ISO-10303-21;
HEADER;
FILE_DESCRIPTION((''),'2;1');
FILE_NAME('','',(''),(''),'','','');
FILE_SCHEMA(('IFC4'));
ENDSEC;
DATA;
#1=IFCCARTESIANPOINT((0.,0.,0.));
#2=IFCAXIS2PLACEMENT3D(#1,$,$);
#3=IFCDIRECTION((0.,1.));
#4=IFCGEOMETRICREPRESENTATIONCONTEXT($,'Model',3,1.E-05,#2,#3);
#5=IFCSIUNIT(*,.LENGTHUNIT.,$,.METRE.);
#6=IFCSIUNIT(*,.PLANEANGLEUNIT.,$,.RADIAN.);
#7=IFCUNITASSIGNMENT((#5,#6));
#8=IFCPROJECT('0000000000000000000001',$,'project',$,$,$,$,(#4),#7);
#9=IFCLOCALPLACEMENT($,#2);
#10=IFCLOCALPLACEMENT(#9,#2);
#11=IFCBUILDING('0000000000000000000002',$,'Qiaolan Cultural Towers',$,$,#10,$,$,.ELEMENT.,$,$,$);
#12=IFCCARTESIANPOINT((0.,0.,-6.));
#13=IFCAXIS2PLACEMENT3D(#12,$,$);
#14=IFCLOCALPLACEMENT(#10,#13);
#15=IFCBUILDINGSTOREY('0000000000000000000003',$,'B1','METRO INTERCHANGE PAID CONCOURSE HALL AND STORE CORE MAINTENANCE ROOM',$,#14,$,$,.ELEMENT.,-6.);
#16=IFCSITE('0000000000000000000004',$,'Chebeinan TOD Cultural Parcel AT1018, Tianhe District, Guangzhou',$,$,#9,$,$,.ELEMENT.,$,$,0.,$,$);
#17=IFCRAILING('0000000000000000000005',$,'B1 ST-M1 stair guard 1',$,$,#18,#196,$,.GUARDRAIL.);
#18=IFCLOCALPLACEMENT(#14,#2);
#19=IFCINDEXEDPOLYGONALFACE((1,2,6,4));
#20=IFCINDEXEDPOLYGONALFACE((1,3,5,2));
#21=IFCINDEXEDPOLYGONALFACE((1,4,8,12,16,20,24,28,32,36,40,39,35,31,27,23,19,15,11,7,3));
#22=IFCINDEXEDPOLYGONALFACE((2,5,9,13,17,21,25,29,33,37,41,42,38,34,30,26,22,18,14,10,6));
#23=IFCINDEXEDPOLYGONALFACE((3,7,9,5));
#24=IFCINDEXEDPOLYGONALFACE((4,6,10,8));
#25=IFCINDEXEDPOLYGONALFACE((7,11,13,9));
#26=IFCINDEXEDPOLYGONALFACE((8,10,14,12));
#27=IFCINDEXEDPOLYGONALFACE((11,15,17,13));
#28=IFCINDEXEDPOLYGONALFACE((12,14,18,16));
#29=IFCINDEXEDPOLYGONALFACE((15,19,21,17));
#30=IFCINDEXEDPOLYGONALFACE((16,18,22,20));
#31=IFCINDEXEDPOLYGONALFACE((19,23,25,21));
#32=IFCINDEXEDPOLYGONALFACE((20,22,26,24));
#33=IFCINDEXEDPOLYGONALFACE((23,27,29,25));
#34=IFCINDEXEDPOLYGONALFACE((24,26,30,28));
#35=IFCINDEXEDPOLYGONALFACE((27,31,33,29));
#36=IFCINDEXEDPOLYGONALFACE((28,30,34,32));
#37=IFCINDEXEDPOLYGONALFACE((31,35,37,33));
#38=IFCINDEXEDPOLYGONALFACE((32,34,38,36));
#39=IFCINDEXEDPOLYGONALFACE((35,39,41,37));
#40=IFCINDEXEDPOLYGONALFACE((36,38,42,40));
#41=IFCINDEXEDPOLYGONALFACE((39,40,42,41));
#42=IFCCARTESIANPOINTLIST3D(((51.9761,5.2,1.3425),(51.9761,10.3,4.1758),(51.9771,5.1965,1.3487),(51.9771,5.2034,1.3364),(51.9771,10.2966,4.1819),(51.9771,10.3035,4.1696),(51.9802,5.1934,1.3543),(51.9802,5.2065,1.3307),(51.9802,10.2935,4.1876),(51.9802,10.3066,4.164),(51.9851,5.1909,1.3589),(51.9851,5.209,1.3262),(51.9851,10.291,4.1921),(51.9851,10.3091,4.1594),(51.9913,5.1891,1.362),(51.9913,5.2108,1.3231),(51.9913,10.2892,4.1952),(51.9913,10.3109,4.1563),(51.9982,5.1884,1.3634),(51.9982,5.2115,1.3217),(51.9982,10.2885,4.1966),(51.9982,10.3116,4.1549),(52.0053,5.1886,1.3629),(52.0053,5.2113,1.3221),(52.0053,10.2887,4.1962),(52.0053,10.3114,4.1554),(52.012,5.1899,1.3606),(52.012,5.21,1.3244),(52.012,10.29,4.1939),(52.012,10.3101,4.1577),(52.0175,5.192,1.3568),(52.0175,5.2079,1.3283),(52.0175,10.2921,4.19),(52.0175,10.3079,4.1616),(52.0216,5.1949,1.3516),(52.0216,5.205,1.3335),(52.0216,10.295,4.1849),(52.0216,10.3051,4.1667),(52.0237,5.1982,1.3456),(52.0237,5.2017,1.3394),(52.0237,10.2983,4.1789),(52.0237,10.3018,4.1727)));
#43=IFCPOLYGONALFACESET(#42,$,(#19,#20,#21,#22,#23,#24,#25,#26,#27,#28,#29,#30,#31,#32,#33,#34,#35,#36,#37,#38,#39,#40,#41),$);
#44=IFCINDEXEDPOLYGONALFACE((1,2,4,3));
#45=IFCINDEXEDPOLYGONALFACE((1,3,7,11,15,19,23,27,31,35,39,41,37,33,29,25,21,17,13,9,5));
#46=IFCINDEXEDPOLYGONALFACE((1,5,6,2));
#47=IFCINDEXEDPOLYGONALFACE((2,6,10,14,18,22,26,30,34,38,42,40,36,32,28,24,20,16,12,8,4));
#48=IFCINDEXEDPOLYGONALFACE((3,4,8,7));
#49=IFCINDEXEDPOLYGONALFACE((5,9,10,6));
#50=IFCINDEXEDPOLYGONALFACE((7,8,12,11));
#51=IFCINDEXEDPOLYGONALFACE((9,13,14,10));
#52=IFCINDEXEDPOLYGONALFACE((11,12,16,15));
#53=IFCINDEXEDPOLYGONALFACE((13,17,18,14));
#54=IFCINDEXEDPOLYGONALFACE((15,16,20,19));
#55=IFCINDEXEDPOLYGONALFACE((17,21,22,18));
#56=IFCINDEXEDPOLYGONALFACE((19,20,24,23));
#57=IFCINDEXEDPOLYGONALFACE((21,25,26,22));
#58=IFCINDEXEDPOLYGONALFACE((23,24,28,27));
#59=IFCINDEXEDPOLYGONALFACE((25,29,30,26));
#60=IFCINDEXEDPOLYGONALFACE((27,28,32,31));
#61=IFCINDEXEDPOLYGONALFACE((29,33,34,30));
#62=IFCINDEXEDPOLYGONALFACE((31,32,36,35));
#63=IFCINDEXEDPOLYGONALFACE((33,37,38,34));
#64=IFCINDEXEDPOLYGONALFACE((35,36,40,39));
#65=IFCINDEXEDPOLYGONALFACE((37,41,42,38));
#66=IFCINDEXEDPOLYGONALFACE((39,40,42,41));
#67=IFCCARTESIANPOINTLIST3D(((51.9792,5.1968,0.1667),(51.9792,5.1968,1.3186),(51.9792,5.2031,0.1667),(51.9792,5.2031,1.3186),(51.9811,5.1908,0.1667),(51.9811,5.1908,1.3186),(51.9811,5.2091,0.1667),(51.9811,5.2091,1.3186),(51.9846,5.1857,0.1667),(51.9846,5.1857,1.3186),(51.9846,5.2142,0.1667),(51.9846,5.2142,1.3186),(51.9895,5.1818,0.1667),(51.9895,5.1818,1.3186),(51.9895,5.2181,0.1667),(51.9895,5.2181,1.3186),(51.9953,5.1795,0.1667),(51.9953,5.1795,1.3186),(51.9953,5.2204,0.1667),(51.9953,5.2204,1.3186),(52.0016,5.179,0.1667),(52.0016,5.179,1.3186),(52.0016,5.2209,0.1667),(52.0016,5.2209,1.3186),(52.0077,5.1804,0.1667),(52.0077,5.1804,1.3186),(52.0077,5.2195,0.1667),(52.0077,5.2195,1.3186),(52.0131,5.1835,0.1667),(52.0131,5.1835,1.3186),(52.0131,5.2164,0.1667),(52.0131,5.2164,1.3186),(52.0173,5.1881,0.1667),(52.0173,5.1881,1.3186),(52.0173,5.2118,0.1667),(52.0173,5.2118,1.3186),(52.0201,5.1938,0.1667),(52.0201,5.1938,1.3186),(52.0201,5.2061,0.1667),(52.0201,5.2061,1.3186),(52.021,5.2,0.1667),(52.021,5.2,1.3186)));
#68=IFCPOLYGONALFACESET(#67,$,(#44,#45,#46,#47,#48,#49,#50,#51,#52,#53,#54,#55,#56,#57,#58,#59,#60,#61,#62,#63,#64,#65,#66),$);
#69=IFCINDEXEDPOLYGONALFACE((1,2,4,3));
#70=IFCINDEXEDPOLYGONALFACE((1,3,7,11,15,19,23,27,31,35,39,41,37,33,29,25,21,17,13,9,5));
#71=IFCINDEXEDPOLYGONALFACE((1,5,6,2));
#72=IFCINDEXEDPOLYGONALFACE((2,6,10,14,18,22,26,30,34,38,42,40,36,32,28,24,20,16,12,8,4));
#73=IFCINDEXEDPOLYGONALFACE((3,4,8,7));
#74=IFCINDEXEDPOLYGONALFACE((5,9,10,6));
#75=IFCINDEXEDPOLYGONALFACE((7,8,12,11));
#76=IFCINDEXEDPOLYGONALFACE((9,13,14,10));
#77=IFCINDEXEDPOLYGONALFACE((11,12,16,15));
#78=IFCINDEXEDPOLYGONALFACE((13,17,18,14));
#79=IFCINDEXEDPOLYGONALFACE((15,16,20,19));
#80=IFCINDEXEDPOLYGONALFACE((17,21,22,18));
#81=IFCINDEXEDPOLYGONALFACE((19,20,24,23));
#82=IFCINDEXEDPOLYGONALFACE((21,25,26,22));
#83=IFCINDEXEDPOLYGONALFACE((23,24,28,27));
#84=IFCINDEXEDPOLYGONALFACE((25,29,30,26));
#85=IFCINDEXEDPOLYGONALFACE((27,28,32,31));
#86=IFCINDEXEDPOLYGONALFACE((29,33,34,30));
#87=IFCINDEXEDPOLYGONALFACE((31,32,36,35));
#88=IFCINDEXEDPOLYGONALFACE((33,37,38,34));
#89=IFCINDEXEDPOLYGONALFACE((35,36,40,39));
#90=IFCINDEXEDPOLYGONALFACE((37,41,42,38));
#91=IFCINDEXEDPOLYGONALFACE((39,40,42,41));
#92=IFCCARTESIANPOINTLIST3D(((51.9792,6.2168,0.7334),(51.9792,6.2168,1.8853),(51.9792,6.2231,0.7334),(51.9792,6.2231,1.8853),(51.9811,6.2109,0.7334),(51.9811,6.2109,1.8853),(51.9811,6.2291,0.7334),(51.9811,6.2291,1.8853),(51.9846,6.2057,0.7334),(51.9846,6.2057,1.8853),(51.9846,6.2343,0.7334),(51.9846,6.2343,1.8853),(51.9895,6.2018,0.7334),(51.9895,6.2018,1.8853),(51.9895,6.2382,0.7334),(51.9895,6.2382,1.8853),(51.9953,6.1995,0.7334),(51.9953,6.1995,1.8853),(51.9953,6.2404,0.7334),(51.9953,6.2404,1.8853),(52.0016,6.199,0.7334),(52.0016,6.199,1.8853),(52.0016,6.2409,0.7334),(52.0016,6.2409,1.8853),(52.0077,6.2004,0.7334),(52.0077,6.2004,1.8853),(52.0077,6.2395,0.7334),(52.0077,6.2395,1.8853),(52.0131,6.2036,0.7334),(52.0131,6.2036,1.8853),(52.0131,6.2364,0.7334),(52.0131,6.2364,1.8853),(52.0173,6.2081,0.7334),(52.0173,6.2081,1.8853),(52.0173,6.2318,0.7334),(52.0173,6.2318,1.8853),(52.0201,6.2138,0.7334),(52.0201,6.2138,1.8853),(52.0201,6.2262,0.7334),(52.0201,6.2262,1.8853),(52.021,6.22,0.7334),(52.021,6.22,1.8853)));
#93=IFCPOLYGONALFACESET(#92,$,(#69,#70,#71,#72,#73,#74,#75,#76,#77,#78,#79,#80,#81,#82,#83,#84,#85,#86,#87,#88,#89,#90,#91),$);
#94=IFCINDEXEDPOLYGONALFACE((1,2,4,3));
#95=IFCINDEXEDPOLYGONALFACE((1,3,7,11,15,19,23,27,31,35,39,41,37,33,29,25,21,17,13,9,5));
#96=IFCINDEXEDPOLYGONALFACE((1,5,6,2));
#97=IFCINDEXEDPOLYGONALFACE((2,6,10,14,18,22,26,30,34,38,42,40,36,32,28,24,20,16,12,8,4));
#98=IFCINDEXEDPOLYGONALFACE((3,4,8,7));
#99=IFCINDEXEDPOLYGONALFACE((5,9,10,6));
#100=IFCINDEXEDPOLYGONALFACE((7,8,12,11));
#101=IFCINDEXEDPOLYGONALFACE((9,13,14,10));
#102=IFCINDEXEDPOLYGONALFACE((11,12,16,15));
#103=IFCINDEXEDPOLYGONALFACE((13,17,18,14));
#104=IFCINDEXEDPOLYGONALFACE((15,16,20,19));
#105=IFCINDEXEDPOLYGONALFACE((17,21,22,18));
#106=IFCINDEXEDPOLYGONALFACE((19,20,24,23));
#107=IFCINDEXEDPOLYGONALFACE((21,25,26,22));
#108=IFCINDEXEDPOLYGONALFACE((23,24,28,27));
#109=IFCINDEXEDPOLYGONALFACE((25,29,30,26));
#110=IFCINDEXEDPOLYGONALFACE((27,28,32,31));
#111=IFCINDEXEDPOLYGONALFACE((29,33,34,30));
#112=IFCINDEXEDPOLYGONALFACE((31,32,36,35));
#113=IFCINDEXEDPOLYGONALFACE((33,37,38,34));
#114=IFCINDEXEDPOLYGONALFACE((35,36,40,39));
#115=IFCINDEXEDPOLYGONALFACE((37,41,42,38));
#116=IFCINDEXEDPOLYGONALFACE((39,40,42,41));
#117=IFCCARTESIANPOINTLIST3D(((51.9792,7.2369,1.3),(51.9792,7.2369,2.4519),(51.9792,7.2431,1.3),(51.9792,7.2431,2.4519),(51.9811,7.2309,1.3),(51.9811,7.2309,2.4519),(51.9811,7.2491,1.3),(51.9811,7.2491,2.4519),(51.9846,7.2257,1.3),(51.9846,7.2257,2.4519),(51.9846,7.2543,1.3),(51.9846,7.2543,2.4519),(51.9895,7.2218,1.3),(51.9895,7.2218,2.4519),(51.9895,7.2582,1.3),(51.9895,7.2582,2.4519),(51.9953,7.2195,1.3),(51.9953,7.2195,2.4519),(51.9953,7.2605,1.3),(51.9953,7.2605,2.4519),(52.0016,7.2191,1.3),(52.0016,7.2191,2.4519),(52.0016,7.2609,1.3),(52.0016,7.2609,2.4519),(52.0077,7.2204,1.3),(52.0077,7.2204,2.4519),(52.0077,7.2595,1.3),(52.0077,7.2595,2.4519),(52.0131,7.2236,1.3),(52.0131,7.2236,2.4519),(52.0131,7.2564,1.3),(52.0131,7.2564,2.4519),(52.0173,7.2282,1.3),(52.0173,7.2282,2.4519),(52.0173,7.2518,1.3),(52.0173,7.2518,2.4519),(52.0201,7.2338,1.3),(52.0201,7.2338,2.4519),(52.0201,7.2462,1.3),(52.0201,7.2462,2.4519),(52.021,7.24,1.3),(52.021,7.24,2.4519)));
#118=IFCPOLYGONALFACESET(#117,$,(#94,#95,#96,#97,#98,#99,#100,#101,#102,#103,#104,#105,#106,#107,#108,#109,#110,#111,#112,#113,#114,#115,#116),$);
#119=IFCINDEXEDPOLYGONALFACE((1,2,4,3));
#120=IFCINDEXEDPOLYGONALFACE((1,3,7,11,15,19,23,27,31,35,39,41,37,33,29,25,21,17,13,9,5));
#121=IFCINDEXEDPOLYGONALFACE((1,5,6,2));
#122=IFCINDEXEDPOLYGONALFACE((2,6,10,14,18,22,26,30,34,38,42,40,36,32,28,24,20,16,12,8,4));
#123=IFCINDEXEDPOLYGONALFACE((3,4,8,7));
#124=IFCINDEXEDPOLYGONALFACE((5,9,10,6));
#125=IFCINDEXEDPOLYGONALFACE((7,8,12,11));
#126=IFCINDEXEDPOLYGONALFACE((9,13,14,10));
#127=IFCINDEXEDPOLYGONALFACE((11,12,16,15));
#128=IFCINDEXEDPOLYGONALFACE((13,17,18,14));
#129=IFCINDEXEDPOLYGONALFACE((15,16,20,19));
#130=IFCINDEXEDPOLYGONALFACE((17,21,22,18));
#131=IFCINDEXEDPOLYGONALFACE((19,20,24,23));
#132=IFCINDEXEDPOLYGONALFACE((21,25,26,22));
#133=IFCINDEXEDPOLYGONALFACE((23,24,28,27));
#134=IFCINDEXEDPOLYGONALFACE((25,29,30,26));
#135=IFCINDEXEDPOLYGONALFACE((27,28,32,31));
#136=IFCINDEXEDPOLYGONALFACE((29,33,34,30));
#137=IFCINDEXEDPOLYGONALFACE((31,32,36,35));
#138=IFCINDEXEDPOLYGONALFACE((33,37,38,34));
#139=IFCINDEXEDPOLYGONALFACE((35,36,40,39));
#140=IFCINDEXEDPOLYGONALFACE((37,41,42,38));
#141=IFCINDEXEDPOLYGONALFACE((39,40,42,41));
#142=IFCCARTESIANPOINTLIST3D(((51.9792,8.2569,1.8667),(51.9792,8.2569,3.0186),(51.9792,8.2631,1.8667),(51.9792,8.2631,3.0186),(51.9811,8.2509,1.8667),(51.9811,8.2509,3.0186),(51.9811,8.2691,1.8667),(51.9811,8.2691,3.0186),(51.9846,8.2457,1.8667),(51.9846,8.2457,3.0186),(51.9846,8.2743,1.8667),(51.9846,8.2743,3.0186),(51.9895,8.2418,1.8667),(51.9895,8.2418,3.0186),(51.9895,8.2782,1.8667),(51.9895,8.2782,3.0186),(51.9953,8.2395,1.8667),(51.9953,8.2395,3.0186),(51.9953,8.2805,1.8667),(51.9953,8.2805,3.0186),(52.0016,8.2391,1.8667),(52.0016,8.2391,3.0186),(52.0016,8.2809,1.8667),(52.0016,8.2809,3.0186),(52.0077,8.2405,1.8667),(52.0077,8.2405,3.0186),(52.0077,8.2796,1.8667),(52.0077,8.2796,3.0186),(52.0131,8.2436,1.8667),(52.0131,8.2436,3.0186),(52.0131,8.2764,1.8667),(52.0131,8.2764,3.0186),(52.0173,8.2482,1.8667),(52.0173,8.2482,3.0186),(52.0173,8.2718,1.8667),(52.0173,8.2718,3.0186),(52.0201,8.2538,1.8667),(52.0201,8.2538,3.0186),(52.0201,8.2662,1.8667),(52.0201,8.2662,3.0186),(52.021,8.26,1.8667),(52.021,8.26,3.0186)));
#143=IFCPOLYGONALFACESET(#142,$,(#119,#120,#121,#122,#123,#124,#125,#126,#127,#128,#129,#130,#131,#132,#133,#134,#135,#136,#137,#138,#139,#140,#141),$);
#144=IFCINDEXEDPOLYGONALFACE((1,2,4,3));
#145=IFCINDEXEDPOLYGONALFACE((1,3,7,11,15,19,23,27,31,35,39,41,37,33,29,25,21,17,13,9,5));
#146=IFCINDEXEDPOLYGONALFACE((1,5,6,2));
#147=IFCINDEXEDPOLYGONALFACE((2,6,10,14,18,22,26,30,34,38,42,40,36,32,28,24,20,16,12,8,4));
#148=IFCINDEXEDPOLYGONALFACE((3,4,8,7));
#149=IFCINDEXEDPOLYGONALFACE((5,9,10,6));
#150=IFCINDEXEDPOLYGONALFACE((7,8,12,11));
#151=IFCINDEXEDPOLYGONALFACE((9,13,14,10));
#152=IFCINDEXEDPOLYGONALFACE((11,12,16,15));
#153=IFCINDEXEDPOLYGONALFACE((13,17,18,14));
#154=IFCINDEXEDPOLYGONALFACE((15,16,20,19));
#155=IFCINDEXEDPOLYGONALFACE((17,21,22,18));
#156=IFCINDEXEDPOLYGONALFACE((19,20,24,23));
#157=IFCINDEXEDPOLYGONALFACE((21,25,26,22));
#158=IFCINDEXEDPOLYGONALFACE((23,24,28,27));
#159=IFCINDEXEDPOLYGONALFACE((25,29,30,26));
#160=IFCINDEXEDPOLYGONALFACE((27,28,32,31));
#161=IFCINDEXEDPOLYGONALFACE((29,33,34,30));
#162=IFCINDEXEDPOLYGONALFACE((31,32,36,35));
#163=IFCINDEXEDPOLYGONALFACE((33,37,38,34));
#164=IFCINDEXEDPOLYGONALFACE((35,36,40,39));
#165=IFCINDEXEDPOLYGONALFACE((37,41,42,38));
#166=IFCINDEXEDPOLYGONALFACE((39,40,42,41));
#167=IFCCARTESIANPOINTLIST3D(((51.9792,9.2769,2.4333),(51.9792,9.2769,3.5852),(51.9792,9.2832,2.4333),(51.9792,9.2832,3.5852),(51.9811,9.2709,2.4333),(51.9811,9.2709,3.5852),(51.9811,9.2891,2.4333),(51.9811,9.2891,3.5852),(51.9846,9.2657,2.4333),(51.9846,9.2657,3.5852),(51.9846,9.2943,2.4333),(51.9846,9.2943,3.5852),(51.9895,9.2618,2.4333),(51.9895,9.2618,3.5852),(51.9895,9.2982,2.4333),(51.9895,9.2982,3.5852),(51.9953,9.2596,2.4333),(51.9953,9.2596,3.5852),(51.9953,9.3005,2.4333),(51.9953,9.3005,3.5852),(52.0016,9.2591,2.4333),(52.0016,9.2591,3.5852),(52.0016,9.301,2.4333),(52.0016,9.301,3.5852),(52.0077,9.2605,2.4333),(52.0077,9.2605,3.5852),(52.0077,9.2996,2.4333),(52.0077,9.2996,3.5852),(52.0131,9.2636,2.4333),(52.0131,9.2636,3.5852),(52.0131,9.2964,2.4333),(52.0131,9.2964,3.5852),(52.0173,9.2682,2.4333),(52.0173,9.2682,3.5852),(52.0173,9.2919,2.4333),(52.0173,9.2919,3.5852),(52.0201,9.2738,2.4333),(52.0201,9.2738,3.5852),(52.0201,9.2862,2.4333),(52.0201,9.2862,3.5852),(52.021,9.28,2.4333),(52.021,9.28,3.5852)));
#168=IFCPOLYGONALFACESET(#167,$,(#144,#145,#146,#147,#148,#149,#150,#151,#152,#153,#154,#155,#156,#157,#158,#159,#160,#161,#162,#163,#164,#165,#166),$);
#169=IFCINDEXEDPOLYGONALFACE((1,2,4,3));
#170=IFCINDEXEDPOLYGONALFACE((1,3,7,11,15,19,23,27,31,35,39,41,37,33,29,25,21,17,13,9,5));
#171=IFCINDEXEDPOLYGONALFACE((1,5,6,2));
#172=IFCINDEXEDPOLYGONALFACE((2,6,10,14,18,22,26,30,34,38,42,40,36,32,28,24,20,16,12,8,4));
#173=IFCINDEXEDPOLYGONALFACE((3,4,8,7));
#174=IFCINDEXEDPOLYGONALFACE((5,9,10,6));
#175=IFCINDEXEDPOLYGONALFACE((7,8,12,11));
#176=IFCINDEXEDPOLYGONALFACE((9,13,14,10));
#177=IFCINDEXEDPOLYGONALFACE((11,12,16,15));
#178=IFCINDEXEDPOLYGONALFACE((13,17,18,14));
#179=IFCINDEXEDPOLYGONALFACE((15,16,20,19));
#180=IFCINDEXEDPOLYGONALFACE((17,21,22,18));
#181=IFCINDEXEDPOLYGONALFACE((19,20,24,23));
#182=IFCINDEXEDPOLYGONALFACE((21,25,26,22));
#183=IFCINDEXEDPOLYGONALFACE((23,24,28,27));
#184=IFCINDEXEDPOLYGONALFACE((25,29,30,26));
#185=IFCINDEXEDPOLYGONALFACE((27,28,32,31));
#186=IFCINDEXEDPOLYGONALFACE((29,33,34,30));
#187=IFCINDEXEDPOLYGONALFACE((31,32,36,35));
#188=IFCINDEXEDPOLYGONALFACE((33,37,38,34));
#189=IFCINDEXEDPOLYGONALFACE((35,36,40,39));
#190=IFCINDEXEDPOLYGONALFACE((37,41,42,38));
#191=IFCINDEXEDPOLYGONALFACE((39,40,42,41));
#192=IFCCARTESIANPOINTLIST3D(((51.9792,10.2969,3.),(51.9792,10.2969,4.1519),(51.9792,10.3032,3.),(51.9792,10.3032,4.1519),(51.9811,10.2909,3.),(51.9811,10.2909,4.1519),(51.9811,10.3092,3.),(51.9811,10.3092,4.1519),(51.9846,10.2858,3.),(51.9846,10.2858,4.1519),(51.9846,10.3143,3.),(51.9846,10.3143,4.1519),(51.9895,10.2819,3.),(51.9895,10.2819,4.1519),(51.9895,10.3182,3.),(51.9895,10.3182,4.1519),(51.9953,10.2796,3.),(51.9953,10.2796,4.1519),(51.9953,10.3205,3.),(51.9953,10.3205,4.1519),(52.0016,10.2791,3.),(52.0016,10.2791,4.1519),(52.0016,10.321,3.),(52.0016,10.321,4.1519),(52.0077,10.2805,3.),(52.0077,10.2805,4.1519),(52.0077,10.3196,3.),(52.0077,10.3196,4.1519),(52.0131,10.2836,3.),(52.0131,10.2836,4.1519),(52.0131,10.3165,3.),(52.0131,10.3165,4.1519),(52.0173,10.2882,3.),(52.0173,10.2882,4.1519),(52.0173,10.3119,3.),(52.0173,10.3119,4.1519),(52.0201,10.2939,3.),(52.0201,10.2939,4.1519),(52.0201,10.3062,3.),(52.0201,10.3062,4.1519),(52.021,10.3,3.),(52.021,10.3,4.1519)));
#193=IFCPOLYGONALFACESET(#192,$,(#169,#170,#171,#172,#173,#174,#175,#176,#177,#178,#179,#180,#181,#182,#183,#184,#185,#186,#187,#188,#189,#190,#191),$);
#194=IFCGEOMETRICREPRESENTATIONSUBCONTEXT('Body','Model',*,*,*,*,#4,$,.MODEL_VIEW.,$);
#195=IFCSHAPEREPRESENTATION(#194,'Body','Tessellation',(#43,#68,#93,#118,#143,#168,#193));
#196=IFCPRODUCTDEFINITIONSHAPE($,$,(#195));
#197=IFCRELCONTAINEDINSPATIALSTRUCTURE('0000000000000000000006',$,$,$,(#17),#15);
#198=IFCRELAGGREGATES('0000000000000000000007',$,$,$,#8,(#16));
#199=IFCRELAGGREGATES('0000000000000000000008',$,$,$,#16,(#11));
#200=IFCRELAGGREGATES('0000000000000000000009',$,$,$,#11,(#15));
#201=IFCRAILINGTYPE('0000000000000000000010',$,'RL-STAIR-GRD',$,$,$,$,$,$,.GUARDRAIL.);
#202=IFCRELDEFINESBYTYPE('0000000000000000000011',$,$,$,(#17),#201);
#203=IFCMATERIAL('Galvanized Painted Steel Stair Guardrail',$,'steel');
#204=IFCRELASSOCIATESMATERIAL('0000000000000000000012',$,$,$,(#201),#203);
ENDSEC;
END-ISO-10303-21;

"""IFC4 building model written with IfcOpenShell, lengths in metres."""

from ifc_helpers import new_model, si_unit, direction, frame, origin, origin_2d, place, context, subcontext, project, spatial, circle, extrude, material, type_object, element, save


model = new_model("IFC4")

# Units and contexts
model_context = context("Model", 3, precision=1e-05, world=origin(), true_north=direction((0.0, 1.0)))
body_context = subcontext(model_context, "Body", "Model", "MODEL_VIEW")
ifc_project = project(units=[si_unit("LENGTHUNIT", "METRE"), si_unit("PLANEANGLEUNIT", "RADIAN")], contexts=[model_context])

# Site, building, storey
site_placement = place(None, origin())
site = spatial("IfcSite", under=ifc_project, at=site_placement, Name="Chebeinan TOD Cultural Parcel AT1018, Tianhe District, Guangzhou", CompositionType="ELEMENT", RefElevation=0.0)
building_placement = place(site_placement, origin())
building = spatial("IfcBuilding", under=site, at=building_placement, Name="Qiaolan Cultural Towers", CompositionType="ELEMENT")
storey_placement = place(building_placement, frame((0.0, 0.0, -6.0)))
storey = spatial("IfcBuildingStorey", under=building, at=storey_placement, Name="B1", Description="METRO INTERCHANGE PAID CONCOURSE HALL AND STORE CORE MAINTENANCE ROOM", CompositionType="ELEMENT", Elevation=-6.0)

# Railing
ifc_material_1 = material(Name="Galvanized Painted Steel Stair Guardrail", Category="steel")
railing_type_1 = type_object("IfcRailingType", Name="RL-STAIR-GRD", PredefinedType="GUARDRAIL", material=ifc_material_1)
railing_1_placement = place(storey_placement, frame((52.0, 5.2, 0.1667)))
element("IfcRailing", 1, at=railing_1_placement, inside=storey, type_object=railing_type_1, Name="B1 ST-M1 stair guard 1", PredefinedType="GUARDRAIL", context=body_context, shape_type="SweptSolid", body=[
    extrude(circle(Radius=0.0239, at=origin_2d()), frame((0.0, 0.0, 1.1758), z_axis=(0.0, 0.874167, 0.485625), x_axis=(-1.0, 0.0, 0.0)), (0.0, 0.0, 1.0), 5.8342),
    extrude(circle(Radius=0.021, at=origin_2d()), origin(), (0.0, 0.0, 1.0), 1.1519),
    extrude(circle(Radius=0.021, at=origin_2d()), frame((0.0, 1.02, 0.5667)), (0.0, 0.0, 1.0), 1.1519),
    extrude(circle(Radius=0.021, at=origin_2d()), frame((0.0, 2.04, 1.1333)), (0.0, 0.0, 1.0), 1.1519),
    extrude(circle(Radius=0.021, at=origin_2d()), frame((0.0, 3.0601, 1.7)), (0.0, 0.0, 1.0), 1.1519),
    extrude(circle(Radius=0.021, at=origin_2d()), frame((0.0, 4.0801, 2.2666)), (0.0, 0.0, 1.0), 1.1519),
    extrude(circle(Radius=0.021, at=origin_2d()), frame((0.0, 5.1001, 2.8333)), (0.0, 0.0, 1.0), 1.1519),
])

save(model, "model.ifc")
